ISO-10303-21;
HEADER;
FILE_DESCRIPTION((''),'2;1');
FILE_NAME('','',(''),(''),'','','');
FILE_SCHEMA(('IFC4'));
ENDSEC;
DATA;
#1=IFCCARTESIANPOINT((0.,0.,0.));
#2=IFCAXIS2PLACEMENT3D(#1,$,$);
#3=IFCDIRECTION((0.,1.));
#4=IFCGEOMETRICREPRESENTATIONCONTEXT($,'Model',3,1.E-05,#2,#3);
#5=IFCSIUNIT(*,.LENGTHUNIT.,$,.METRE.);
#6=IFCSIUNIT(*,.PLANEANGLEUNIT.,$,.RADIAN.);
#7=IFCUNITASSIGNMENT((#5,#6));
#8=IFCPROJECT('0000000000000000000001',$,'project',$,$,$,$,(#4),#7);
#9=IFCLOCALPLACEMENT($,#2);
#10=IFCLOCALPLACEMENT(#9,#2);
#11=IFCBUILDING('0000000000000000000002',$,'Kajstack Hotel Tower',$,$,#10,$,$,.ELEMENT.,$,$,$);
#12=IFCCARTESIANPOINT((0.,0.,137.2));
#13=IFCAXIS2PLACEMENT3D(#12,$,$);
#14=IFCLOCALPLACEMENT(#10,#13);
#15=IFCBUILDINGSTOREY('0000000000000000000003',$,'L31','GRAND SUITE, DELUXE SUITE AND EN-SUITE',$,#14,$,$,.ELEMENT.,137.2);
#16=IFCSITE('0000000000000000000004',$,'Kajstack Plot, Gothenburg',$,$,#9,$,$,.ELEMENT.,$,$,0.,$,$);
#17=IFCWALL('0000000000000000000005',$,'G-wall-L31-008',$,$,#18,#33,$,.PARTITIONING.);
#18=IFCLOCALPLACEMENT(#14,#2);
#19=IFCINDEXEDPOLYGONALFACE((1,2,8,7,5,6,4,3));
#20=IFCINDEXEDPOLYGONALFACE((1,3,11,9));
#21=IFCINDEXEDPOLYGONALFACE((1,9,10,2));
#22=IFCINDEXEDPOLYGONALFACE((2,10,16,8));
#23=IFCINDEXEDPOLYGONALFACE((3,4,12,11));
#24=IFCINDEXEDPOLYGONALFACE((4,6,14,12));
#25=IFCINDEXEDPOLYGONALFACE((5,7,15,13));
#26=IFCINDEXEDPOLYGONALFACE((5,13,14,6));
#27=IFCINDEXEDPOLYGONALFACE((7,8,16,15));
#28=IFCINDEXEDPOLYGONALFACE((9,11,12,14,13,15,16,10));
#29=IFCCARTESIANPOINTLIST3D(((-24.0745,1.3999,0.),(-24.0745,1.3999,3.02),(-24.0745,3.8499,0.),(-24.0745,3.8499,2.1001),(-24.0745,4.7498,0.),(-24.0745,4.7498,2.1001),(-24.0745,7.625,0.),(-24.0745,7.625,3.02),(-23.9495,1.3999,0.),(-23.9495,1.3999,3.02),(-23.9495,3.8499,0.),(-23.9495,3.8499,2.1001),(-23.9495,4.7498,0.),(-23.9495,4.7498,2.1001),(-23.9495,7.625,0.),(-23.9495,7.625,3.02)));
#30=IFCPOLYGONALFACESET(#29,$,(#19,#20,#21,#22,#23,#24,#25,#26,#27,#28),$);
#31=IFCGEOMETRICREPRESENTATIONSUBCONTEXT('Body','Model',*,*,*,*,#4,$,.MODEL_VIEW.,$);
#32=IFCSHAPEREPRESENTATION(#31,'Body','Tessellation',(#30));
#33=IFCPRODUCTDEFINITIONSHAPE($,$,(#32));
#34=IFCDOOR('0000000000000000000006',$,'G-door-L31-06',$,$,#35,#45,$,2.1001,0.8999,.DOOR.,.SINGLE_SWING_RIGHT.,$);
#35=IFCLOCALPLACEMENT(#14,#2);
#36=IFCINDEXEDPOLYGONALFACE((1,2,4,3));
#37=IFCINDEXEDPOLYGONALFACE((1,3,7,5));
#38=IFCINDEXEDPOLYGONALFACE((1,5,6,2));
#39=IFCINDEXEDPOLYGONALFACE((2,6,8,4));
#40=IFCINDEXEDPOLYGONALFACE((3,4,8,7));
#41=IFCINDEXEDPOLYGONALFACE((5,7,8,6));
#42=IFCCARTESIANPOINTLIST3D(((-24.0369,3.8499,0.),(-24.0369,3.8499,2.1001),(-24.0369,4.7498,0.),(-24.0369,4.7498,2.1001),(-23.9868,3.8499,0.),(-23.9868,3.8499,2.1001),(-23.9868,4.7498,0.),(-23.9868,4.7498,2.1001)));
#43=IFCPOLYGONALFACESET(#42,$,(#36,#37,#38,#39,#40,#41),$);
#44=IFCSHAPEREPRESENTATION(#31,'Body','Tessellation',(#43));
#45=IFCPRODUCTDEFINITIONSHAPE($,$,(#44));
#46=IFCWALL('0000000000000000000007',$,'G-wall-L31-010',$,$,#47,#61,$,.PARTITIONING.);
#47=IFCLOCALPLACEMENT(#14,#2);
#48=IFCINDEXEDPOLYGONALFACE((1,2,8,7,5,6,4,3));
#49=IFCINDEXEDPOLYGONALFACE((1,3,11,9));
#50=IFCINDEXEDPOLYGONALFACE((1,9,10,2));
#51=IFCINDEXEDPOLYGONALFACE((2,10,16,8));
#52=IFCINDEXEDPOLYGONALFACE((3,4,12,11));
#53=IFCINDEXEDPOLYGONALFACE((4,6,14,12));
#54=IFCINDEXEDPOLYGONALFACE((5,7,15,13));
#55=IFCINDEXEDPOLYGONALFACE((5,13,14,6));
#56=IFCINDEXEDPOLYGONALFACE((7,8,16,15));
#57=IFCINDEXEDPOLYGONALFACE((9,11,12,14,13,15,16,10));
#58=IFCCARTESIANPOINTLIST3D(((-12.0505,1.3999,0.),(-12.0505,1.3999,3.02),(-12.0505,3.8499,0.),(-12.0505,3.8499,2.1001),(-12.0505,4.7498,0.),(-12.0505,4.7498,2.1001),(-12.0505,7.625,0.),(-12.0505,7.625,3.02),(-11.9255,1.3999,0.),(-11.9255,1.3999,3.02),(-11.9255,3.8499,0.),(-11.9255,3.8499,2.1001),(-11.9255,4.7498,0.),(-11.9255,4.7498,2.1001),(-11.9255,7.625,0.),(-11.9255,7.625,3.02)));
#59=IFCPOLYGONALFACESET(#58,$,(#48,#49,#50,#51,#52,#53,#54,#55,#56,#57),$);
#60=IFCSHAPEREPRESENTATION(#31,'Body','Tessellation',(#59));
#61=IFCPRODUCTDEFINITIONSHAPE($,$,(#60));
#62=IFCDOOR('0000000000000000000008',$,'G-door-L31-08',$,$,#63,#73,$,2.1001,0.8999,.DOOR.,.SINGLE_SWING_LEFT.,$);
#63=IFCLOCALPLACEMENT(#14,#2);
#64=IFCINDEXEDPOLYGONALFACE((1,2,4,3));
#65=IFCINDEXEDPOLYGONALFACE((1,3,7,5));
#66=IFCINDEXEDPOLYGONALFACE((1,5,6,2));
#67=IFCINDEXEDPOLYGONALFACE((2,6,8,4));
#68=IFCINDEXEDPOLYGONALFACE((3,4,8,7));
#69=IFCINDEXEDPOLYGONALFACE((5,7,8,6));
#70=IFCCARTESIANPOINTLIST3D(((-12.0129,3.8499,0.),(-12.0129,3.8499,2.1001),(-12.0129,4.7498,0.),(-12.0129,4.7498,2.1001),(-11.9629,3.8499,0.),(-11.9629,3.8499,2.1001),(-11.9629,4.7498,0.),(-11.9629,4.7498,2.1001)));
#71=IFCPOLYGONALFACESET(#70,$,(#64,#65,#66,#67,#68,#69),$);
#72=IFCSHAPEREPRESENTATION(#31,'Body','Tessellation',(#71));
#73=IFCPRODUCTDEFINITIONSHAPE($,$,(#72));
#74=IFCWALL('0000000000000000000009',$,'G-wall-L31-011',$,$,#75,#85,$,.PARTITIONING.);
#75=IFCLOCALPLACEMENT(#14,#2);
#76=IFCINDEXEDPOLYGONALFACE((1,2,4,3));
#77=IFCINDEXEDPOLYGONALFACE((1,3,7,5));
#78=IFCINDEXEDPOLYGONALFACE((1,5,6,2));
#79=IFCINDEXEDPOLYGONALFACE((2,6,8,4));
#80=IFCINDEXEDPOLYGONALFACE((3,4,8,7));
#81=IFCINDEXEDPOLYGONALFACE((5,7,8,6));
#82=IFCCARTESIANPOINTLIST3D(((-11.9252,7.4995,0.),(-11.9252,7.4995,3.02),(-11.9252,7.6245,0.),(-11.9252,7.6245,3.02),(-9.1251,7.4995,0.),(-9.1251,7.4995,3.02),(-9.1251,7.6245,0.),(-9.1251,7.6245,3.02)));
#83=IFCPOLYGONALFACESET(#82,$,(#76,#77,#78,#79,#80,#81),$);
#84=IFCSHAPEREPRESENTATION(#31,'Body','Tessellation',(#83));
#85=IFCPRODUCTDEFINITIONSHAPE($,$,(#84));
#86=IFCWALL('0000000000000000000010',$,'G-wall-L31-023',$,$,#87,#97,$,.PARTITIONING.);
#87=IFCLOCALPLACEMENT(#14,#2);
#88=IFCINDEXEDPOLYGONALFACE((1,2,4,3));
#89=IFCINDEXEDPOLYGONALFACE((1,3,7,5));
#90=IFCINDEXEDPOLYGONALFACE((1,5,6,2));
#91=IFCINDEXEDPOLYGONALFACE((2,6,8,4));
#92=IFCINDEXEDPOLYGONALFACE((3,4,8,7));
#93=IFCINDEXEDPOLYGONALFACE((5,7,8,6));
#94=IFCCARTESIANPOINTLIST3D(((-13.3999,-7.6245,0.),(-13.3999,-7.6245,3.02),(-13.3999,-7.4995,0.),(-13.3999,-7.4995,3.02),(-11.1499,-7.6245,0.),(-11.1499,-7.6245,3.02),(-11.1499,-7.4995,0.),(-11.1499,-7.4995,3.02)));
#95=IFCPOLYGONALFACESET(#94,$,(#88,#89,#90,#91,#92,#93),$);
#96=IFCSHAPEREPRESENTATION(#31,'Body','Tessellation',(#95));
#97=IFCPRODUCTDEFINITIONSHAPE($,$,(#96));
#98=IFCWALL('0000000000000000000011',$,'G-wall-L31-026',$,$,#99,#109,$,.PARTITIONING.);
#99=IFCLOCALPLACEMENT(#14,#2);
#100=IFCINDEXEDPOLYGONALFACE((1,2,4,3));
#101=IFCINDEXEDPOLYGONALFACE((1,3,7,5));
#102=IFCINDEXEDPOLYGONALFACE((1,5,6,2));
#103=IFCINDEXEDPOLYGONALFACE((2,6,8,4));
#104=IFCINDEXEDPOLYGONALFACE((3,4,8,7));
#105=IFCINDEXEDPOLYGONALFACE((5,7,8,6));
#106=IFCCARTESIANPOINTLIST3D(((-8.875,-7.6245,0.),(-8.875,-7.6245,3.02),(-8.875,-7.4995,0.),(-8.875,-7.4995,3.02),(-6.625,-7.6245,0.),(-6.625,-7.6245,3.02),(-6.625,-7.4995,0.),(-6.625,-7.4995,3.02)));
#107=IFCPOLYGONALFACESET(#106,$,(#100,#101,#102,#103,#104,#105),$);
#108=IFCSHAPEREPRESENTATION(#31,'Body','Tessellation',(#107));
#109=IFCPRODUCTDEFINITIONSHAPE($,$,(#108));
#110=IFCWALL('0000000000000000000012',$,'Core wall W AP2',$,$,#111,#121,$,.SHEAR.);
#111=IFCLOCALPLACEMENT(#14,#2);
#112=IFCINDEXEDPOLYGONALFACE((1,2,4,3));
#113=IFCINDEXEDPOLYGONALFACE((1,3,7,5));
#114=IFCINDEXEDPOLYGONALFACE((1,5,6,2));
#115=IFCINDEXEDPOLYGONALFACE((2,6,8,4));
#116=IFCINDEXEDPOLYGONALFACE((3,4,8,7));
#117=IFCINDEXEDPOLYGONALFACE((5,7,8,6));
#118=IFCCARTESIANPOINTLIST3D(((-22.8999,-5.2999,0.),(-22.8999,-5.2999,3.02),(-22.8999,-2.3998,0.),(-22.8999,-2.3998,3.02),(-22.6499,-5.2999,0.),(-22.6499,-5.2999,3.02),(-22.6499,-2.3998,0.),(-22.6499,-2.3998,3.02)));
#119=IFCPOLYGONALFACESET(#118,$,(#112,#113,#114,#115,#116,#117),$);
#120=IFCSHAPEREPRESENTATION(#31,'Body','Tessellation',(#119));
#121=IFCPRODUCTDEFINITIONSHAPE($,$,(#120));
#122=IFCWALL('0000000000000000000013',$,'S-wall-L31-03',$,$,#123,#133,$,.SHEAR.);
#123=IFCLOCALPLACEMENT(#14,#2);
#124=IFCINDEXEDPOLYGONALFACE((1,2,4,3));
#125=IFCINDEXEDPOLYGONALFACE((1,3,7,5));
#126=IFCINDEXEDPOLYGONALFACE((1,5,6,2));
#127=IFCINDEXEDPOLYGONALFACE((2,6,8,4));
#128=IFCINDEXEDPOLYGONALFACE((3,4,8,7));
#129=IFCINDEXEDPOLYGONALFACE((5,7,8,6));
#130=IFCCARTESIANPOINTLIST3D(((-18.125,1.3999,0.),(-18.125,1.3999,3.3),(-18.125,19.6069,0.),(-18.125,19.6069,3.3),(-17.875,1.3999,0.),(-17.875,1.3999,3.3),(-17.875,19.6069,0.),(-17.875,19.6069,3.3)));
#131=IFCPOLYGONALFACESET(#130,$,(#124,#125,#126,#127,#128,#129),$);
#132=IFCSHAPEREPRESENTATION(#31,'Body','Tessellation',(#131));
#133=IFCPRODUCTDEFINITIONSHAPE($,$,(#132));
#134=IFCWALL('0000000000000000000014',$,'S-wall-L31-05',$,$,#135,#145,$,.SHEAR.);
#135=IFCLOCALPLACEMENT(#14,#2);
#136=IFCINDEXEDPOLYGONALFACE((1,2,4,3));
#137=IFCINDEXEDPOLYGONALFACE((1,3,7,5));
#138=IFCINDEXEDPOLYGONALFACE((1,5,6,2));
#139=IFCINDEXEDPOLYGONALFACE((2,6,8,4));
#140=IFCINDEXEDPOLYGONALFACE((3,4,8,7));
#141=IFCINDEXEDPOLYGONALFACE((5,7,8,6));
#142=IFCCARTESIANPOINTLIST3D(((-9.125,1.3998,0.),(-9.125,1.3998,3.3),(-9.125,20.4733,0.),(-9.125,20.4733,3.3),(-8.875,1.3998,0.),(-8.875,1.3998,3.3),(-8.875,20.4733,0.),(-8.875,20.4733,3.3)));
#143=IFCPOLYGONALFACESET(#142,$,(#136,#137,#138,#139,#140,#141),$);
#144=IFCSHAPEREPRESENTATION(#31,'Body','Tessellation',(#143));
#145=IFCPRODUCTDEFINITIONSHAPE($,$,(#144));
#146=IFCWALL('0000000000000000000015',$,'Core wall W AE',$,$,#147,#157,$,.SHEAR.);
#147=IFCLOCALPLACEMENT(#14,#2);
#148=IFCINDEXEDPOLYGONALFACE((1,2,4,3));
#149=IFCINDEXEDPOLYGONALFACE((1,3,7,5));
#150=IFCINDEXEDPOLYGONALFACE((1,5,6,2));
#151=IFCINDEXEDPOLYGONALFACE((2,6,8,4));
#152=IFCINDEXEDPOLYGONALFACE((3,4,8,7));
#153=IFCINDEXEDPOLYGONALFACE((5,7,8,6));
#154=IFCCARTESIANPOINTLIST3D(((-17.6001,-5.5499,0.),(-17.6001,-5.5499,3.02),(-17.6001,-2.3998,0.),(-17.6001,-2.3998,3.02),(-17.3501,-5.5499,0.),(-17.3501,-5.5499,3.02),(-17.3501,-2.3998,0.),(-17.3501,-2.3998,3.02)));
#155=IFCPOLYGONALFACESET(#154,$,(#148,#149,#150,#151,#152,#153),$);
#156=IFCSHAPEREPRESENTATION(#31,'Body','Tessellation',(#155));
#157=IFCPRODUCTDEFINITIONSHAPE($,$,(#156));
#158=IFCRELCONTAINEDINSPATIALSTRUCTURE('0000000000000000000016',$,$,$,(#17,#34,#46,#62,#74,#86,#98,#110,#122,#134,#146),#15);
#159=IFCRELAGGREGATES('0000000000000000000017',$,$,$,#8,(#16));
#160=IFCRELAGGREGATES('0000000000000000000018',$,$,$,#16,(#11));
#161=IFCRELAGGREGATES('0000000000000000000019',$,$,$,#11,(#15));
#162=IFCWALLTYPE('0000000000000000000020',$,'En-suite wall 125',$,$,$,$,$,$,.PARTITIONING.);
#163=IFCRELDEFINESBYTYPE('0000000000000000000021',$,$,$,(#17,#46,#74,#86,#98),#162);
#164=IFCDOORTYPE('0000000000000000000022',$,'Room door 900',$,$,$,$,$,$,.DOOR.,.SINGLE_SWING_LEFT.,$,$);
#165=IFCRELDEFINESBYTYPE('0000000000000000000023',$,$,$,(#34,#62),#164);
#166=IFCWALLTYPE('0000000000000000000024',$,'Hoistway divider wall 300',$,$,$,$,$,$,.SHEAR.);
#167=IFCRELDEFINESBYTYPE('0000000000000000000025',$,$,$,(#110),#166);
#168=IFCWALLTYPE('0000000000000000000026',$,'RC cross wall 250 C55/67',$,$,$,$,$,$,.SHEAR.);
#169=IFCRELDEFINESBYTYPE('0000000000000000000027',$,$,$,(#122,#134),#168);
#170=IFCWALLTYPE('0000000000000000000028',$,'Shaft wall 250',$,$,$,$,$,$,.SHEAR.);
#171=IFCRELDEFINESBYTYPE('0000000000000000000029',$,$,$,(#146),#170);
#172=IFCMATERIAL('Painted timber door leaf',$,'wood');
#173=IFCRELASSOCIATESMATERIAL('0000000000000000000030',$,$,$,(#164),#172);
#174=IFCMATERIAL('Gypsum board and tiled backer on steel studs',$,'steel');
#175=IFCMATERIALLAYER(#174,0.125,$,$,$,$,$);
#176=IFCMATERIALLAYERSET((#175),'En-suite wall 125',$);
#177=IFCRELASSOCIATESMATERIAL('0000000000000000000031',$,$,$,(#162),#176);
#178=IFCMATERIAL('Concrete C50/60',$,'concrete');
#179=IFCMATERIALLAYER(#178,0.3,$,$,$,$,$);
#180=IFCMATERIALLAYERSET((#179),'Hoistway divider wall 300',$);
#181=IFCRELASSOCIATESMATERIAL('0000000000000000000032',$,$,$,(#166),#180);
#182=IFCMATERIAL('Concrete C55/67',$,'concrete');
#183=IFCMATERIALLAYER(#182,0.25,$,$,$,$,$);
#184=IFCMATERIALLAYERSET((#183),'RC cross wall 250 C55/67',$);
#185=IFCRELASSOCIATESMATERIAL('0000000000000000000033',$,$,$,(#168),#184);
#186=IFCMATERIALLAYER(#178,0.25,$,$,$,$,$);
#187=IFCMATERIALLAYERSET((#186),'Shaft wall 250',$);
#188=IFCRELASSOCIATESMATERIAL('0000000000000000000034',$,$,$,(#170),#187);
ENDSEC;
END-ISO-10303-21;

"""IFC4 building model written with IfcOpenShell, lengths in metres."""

from ifc_helpers import new_model, si_unit, direction, frame, frame_2d, origin, place, context, subcontext, project, spatial, rectangle, extrude, material, layer, layer_set, type_object, element, fill, save


model = new_model("IFC4")

# Units and contexts
model_context = context("Model", 3, precision=1e-05, world=origin(), true_north=direction((0.0, 1.0)))
body_context = subcontext(model_context, "Body", "Model", "MODEL_VIEW")
ifc_project = project(units=[si_unit("LENGTHUNIT", "METRE"), si_unit("PLANEANGLEUNIT", "RADIAN")], contexts=[model_context])

# Site, building, storey
site_placement = place(None, origin())
site = spatial("IfcSite", under=ifc_project, at=site_placement, Name="Kajstack Plot, Gothenburg", CompositionType="ELEMENT", RefElevation=0.0)
building_placement = place(site_placement, origin())
building = spatial("IfcBuilding", under=site, at=building_placement, Name="Kajstack Hotel Tower", CompositionType="ELEMENT")
storey_placement = place(building_placement, frame((0.0, 0.0, 137.2)))
storey = spatial("IfcBuildingStorey", under=building, at=storey_placement, Name="L31", Description="GRAND SUITE, DELUXE SUITE AND EN-SUITE", CompositionType="ELEMENT", Elevation=137.2)

# Shared definitions
ifc_material_1 = material(Name="Painted timber door leaf", Category="wood")
door_type_1 = type_object("IfcDoorType", Name="Room door 900", OperationType="SINGLE_SWING_LEFT", PredefinedType="DOOR", material=ifc_material_1)

# Walls, openings, doors
ifc_material_2 = material(Name="Gypsum board and tiled backer on steel studs", Category="steel")
ifc_layer_1 = layer(ifc_material_2, 0.125)
ifc_layer_set_1 = layer_set([ifc_layer_1], Name="En-suite wall 125")
wall_type_1 = type_object("IfcWallType", Name="En-suite wall 125", PredefinedType="PARTITIONING", material=ifc_layer_set_1)
wall_1_placement = place(storey_placement, frame((-24.012, 1.3999, 0.0), z_axis=(0.0, 0.0, 1.0), x_axis=(0.0, 1.0, 0.0)))
wall_1 = element("IfcWall", 1, at=wall_1_placement, inside=storey, type_object=wall_type_1, Name="G-wall-L31-008", PredefinedType="PARTITIONING", context=body_context, shape_type="SweptSolid", body=[
    extrude(rectangle(XDim=6.2251, YDim=0.125, at=frame_2d((3.1125, 0.0))), origin(), (0.0, 0.0, 1.0), 3.02),
])
opening_1_placement = place(wall_1_placement, frame((2.45, 0.0, 0.0)))
opening_1 = element("IfcOpeningElement", 2, at=opening_1_placement, cuts=wall_1, PredefinedType="OPENING", context=body_context, shape_type="SweptSolid", body=[
    extrude(rectangle(XDim=0.8999, YDim=2.1001, at=frame_2d((0.45, 1.05))), frame((0.0, 0.0725, 0.0), z_axis=(0.0, -1.0, 0.0), x_axis=(1.0, 0.0, 0.0)), (0.0, 0.0, 1.0), 0.145),
])
door_1_placement = place(opening_1_placement, origin())
door_1 = element("IfcDoor", 3, at=door_1_placement, inside=storey, type_object=door_type_1, Name="G-door-L31-06", OperationType="SINGLE_SWING_RIGHT", OverallHeight=2.1001, OverallWidth=0.8999, PredefinedType="DOOR", context=body_context, shape_type="SweptSolid", body=[
    extrude(rectangle(XDim=0.8999, YDim=2.1001, at=frame_2d((0.45, 1.05))), frame((0.0, 0.0249, 0.0), z_axis=(0.0, -1.0, 0.0), x_axis=(1.0, 0.0, 0.0)), (0.0, 0.0, 1.0), 0.05),
])
fill(opening_1, door_1)
wall_2_placement = place(storey_placement, frame((-11.988, 1.3999, 0.0), z_axis=(0.0, 0.0, 1.0), x_axis=(0.0, 1.0, 0.0)))
wall_2 = element("IfcWall", 4, at=wall_2_placement, inside=storey, type_object=wall_type_1, Name="G-wall-L31-010", PredefinedType="PARTITIONING", context=body_context, shape_type="SweptSolid", body=[
    extrude(rectangle(XDim=6.2251, YDim=0.125, at=frame_2d((3.1125, 0.0))), origin(), (0.0, 0.0, 1.0), 3.02),
])
opening_2_placement = place(wall_2_placement, frame((2.45, 0.0, 0.0)))
opening_2 = element("IfcOpeningElement", 5, at=opening_2_placement, cuts=wall_2, PredefinedType="OPENING", context=body_context, shape_type="SweptSolid", body=[
    extrude(rectangle(XDim=0.8999, YDim=2.1001, at=frame_2d((0.45, 1.05))), frame((0.0, 0.0725, 0.0), z_axis=(0.0, -1.0, 0.0), x_axis=(1.0, 0.0, 0.0)), (0.0, 0.0, 1.0), 0.145),
])
door_2_placement = place(opening_2_placement, origin())
door_2 = element("IfcDoor", 6, at=door_2_placement, inside=storey, type_object=door_type_1, Name="G-door-L31-08", OperationType="SINGLE_SWING_LEFT", OverallHeight=2.1001, OverallWidth=0.8999, PredefinedType="DOOR", context=body_context, shape_type="SweptSolid", body=[
    extrude(rectangle(XDim=0.8999, YDim=2.1001, at=frame_2d((0.45, 1.05))), frame((0.0, 0.0249, 0.0), z_axis=(0.0, -1.0, 0.0), x_axis=(1.0, 0.0, 0.0)), (0.0, 0.0, 1.0), 0.05),
])
fill(opening_2, door_2)

# Walls
wall_3_placement = place(storey_placement, frame((-11.925, 7.562, 0.0), z_axis=(0.0, 0.0, 1.0), x_axis=(1.0, 0.0, 0.0)))
element("IfcWall", 7, at=wall_3_placement, inside=storey, type_object=wall_type_1, Name="G-wall-L31-011", PredefinedType="PARTITIONING", context=body_context, shape_type="SweptSolid", body=[
    extrude(rectangle(XDim=2.8, YDim=0.125, at=frame_2d((1.3999, 0.0))), origin(), (0.0, 0.0, 1.0), 3.02),
])
for number, where, z_axis, x_axis, name in (
    (8, (-13.3999, -7.562, 0.0), (0.0, 0.0, 1.0), (1.0, 0.0, 0.0), "G-wall-L31-023"),
    (9, (-8.875, -7.562, 0.0), (0.0, 0.0, 1.0), (1.0, 0.0, 0.0), "G-wall-L31-026"),
):
    element("IfcWall", number, at=place(storey_placement, frame(where, z_axis=z_axis, x_axis=x_axis)), inside=storey, type_object=wall_type_1, Name=name, PredefinedType="PARTITIONING", context=body_context, shape_type="SweptSolid", body=[
        extrude(rectangle(XDim=2.25, YDim=0.125, at=frame_2d((1.125, 0.0))), origin(), (0.0, 0.0, 1.0), 3.02),
    ])
ifc_material_3 = material(Name="Concrete C50/60", Category="concrete")
ifc_layer_2 = layer(ifc_material_3, 0.3)
ifc_layer_set_2 = layer_set([ifc_layer_2], Name="Hoistway divider wall 300")
wall_type_2 = type_object("IfcWallType", Name="Hoistway divider wall 300", PredefinedType="SHEAR", material=ifc_layer_set_2)
wall_4_placement = place(storey_placement, frame((-22.7749, -5.3, 0.0), z_axis=(0.0, 0.0, 1.0), x_axis=(0.0, 1.0, 0.0)))
element("IfcWall", 10, at=wall_4_placement, inside=storey, type_object=wall_type_2, Name="Core wall W AP2", PredefinedType="SHEAR", context=body_context, shape_type="SweptSolid", body=[
    extrude(rectangle(XDim=2.9001, YDim=0.25, at=frame_2d((1.4502, 0.0))), origin(), (0.0, 0.0, 1.0), 3.02),
])
ifc_material_4 = material(Name="Concrete C55/67", Category="concrete")
ifc_layer_3 = layer(ifc_material_4, 0.25)
ifc_layer_set_3 = layer_set([ifc_layer_3], Name="RC cross wall 250 C55/67")
wall_type_3 = type_object("IfcWallType", Name="RC cross wall 250 C55/67", PredefinedType="SHEAR", material=ifc_layer_set_3)
wall_5_placement = place(storey_placement, frame((-18.0, 1.3999, 0.0), z_axis=(0.0, 0.0, 1.0), x_axis=(0.0, 1.0, 0.0)))
element("IfcWall", 11, at=wall_5_placement, inside=storey, type_object=wall_type_3, Name="S-wall-L31-03", PredefinedType="SHEAR", context=body_context, shape_type="SweptSolid", body=[
    extrude(rectangle(XDim=18.207, YDim=0.25, at=frame_2d((9.1035, 0.0))), origin(), (0.0, 0.0, 1.0), 3.3),
])
wall_6_placement = place(storey_placement, frame((-9.0, 1.3999, 0.0), z_axis=(0.0, 0.0, 1.0), x_axis=(0.0, 1.0, 0.0)))
element("IfcWall", 12, at=wall_6_placement, inside=storey, type_object=wall_type_3, Name="S-wall-L31-05", PredefinedType="SHEAR", context=body_context, shape_type="SweptSolid", body=[
    extrude(rectangle(XDim=19.0735, YDim=0.25, at=frame_2d((9.5366, 0.0))), origin(), (0.0, 0.0, 1.0), 3.3),
])
ifc_layer_4 = layer(ifc_material_3, 0.25)
ifc_layer_set_4 = layer_set([ifc_layer_4], Name="Shaft wall 250")
wall_type_4 = type_object("IfcWallType", Name="Shaft wall 250", PredefinedType="SHEAR", material=ifc_layer_set_4)
wall_7_placement = place(storey_placement, frame((-17.4751, -5.55, 0.0), z_axis=(0.0, 0.0, 1.0), x_axis=(0.0, 1.0, 0.0)))
element("IfcWall", 13, at=wall_7_placement, inside=storey, type_object=wall_type_4, Name="Core wall W AE", PredefinedType="SHEAR", context=body_context, shape_type="SweptSolid", body=[
    extrude(rectangle(XDim=3.1501, YDim=0.25, at=frame_2d((1.5752, 0.0))), origin(), (0.0, 0.0, 1.0), 3.02),
])

save(model, "model.ifc")
